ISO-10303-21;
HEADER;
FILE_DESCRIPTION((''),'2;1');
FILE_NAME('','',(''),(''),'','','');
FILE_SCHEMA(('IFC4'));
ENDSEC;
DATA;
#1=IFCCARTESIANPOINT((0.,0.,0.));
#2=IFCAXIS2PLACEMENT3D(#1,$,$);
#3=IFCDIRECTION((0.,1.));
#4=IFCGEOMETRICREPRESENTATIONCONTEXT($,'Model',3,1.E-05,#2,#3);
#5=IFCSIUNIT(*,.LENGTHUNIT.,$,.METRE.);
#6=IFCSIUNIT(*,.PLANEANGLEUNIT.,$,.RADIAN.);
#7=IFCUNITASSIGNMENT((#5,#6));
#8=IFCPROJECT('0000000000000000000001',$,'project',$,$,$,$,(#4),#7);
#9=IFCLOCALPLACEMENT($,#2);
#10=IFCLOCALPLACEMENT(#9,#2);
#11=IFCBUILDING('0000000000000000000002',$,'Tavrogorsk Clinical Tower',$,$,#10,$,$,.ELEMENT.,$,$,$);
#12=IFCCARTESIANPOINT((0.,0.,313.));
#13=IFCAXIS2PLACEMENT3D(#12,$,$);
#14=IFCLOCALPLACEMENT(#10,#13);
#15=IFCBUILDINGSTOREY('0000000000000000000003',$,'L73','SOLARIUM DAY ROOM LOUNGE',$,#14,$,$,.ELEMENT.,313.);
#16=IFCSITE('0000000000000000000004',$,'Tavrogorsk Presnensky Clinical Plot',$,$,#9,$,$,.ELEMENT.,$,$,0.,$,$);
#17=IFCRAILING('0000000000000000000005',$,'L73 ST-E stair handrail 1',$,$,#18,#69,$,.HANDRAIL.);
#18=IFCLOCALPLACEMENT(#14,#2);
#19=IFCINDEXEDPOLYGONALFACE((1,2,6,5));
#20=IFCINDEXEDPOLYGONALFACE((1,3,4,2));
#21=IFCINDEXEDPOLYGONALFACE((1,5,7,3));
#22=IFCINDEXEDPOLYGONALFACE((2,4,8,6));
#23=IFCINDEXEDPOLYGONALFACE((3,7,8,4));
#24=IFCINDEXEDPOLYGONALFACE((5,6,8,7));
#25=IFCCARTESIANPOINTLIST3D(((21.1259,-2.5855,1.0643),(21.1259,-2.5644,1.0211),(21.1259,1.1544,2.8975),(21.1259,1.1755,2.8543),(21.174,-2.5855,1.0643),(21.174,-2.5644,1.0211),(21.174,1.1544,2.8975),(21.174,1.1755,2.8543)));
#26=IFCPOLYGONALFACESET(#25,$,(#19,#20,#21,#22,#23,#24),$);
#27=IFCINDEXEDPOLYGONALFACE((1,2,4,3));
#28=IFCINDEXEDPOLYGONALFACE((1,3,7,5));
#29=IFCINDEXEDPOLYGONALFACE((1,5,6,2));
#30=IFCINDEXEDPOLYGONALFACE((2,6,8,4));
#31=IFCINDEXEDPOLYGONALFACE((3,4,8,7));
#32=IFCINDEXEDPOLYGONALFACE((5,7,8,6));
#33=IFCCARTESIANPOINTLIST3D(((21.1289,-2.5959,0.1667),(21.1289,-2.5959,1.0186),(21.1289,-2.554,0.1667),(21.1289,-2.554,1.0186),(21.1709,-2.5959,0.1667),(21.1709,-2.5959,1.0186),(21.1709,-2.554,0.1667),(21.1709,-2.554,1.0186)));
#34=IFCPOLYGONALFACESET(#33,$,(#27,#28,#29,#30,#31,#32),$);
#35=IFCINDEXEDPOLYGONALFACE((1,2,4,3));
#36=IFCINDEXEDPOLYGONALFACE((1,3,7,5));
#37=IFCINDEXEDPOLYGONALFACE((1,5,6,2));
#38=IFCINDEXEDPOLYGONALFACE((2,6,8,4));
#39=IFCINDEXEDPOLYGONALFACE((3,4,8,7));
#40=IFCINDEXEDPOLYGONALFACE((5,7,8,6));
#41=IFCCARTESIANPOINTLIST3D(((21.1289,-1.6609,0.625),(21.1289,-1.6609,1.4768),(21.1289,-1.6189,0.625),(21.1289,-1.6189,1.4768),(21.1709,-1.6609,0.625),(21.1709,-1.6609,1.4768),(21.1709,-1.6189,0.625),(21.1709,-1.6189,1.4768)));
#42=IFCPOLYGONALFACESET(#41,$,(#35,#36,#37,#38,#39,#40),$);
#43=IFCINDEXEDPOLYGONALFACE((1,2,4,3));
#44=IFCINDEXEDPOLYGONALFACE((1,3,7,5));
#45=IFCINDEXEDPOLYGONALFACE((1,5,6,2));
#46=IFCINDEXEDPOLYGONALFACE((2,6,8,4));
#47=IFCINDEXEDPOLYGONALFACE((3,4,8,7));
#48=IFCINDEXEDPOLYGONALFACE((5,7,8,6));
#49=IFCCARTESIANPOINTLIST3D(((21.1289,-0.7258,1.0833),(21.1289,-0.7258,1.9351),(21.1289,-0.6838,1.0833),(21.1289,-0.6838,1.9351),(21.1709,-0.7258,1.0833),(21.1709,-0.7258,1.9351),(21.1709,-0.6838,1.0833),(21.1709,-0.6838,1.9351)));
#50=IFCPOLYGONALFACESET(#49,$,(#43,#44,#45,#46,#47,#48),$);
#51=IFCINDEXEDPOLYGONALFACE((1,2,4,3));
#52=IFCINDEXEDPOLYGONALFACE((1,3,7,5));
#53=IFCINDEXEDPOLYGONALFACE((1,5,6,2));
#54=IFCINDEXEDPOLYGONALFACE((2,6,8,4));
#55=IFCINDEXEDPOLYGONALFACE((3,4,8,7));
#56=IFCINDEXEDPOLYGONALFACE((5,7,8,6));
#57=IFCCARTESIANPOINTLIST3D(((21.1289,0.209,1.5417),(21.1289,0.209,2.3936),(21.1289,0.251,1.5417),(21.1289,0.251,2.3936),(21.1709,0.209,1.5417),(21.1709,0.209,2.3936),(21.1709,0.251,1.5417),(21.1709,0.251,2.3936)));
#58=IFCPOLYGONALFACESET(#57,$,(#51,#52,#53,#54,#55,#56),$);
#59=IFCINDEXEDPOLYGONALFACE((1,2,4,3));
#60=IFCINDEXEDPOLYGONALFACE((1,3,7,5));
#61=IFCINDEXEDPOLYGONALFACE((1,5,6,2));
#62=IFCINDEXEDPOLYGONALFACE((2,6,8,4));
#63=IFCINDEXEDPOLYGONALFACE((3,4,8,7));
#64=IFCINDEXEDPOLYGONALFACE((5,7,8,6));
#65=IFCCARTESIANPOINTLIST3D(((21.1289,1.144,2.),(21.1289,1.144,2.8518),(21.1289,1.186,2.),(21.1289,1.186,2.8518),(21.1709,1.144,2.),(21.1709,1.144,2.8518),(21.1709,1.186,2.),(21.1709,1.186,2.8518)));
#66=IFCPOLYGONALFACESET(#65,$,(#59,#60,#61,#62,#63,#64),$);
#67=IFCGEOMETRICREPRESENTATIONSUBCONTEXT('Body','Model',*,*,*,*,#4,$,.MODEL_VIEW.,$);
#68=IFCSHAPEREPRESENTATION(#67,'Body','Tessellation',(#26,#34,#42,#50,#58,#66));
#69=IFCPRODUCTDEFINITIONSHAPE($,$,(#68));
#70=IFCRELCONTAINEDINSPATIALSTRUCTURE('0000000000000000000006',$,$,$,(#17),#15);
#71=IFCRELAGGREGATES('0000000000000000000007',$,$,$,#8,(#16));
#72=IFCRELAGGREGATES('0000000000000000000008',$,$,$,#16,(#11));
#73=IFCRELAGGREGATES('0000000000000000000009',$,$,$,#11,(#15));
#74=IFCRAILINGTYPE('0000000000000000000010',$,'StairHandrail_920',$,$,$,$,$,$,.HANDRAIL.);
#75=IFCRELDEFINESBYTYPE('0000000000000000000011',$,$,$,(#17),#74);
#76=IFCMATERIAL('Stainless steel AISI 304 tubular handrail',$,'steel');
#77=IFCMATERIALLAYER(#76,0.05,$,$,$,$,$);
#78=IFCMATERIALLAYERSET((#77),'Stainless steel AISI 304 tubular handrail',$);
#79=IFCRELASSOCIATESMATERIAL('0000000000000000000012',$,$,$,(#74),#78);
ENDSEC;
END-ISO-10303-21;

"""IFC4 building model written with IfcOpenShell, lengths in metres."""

from ifc_helpers import new_model, si_unit, direction, frame, origin, origin_2d, place, context, subcontext, project, spatial, rectangle, extrude, material, layer, layer_set, type_object, element, save


model = new_model("IFC4")

# Units and contexts
model_context = context("Model", 3, precision=1e-05, world=origin(), true_north=direction((0.0, 1.0)))
body_context = subcontext(model_context, "Body", "Model", "MODEL_VIEW")
ifc_project = project(units=[si_unit("LENGTHUNIT", "METRE"), si_unit("PLANEANGLEUNIT", "RADIAN")], contexts=[model_context])

# Site, building, storey
site_placement = place(None, origin())
site = spatial("IfcSite", under=ifc_project, at=site_placement, Name="Tavrogorsk Presnensky Clinical Plot", CompositionType="ELEMENT", RefElevation=0.0)
building_placement = place(site_placement, origin())
building = spatial("IfcBuilding", under=site, at=building_placement, Name="Tavrogorsk Clinical Tower", CompositionType="ELEMENT")
storey_placement = place(building_placement, frame((0.0, 0.0, 313.0)))
storey = spatial("IfcBuildingStorey", under=building, at=storey_placement, Name="L73", Description="SOLARIUM DAY ROOM LOUNGE", CompositionType="ELEMENT", Elevation=313.0)

# Railing
ifc_material_1 = material(Name="Stainless steel AISI 304 tubular handrail", Category="steel")
ifc_layer_1 = layer(ifc_material_1, 0.05)
ifc_layer_set_1 = layer_set([ifc_layer_1], Name="Stainless steel AISI 304 tubular handrail")
railing_type_1 = type_object("IfcRailingType", Name="StairHandrail_920", PredefinedType="HANDRAIL", material=ifc_layer_set_1)
railing_1_placement = place(storey_placement, frame((21.1499, -2.575, 0.1667)))
element("IfcRailing", 1, at=railing_1_placement, inside=storey, type_object=railing_type_1, Name="L73 ST-E stair handrail 1", PredefinedType="HANDRAIL", context=body_context, shape_type="SweptSolid", body=[
    extrude(rectangle(XDim=0.0481, YDim=0.0481, at=origin_2d()), frame((0.0, 0.0, 0.876), z_axis=(0.0, 0.897928, 0.440142), x_axis=(-1.0, 0.0, 0.0)), (0.0, 0.0, 1.0), 4.165),
    extrude(rectangle(XDim=0.042, YDim=0.042, at=origin_2d()), origin(), (0.0, 0.0, 1.0), 0.8518),
    extrude(rectangle(XDim=0.042, YDim=0.042, at=origin_2d()), frame((0.0, 0.9351, 0.4583)), (0.0, 0.0, 1.0), 0.8518),
    extrude(rectangle(XDim=0.042, YDim=0.042, at=origin_2d()), frame((0.0, 1.8701, 0.9165)), (0.0, 0.0, 1.0), 0.8518),
    extrude(rectangle(XDim=0.042, YDim=0.042, at=origin_2d()), frame((0.0, 2.8049, 1.375)), (0.0, 0.0, 1.0), 0.8518),
    extrude(rectangle(XDim=0.042, YDim=0.042, at=origin_2d()), frame((0.0, 3.74, 1.8333)), (0.0, 0.0, 1.0), 0.8518),
])

save(model, "model.ifc")
